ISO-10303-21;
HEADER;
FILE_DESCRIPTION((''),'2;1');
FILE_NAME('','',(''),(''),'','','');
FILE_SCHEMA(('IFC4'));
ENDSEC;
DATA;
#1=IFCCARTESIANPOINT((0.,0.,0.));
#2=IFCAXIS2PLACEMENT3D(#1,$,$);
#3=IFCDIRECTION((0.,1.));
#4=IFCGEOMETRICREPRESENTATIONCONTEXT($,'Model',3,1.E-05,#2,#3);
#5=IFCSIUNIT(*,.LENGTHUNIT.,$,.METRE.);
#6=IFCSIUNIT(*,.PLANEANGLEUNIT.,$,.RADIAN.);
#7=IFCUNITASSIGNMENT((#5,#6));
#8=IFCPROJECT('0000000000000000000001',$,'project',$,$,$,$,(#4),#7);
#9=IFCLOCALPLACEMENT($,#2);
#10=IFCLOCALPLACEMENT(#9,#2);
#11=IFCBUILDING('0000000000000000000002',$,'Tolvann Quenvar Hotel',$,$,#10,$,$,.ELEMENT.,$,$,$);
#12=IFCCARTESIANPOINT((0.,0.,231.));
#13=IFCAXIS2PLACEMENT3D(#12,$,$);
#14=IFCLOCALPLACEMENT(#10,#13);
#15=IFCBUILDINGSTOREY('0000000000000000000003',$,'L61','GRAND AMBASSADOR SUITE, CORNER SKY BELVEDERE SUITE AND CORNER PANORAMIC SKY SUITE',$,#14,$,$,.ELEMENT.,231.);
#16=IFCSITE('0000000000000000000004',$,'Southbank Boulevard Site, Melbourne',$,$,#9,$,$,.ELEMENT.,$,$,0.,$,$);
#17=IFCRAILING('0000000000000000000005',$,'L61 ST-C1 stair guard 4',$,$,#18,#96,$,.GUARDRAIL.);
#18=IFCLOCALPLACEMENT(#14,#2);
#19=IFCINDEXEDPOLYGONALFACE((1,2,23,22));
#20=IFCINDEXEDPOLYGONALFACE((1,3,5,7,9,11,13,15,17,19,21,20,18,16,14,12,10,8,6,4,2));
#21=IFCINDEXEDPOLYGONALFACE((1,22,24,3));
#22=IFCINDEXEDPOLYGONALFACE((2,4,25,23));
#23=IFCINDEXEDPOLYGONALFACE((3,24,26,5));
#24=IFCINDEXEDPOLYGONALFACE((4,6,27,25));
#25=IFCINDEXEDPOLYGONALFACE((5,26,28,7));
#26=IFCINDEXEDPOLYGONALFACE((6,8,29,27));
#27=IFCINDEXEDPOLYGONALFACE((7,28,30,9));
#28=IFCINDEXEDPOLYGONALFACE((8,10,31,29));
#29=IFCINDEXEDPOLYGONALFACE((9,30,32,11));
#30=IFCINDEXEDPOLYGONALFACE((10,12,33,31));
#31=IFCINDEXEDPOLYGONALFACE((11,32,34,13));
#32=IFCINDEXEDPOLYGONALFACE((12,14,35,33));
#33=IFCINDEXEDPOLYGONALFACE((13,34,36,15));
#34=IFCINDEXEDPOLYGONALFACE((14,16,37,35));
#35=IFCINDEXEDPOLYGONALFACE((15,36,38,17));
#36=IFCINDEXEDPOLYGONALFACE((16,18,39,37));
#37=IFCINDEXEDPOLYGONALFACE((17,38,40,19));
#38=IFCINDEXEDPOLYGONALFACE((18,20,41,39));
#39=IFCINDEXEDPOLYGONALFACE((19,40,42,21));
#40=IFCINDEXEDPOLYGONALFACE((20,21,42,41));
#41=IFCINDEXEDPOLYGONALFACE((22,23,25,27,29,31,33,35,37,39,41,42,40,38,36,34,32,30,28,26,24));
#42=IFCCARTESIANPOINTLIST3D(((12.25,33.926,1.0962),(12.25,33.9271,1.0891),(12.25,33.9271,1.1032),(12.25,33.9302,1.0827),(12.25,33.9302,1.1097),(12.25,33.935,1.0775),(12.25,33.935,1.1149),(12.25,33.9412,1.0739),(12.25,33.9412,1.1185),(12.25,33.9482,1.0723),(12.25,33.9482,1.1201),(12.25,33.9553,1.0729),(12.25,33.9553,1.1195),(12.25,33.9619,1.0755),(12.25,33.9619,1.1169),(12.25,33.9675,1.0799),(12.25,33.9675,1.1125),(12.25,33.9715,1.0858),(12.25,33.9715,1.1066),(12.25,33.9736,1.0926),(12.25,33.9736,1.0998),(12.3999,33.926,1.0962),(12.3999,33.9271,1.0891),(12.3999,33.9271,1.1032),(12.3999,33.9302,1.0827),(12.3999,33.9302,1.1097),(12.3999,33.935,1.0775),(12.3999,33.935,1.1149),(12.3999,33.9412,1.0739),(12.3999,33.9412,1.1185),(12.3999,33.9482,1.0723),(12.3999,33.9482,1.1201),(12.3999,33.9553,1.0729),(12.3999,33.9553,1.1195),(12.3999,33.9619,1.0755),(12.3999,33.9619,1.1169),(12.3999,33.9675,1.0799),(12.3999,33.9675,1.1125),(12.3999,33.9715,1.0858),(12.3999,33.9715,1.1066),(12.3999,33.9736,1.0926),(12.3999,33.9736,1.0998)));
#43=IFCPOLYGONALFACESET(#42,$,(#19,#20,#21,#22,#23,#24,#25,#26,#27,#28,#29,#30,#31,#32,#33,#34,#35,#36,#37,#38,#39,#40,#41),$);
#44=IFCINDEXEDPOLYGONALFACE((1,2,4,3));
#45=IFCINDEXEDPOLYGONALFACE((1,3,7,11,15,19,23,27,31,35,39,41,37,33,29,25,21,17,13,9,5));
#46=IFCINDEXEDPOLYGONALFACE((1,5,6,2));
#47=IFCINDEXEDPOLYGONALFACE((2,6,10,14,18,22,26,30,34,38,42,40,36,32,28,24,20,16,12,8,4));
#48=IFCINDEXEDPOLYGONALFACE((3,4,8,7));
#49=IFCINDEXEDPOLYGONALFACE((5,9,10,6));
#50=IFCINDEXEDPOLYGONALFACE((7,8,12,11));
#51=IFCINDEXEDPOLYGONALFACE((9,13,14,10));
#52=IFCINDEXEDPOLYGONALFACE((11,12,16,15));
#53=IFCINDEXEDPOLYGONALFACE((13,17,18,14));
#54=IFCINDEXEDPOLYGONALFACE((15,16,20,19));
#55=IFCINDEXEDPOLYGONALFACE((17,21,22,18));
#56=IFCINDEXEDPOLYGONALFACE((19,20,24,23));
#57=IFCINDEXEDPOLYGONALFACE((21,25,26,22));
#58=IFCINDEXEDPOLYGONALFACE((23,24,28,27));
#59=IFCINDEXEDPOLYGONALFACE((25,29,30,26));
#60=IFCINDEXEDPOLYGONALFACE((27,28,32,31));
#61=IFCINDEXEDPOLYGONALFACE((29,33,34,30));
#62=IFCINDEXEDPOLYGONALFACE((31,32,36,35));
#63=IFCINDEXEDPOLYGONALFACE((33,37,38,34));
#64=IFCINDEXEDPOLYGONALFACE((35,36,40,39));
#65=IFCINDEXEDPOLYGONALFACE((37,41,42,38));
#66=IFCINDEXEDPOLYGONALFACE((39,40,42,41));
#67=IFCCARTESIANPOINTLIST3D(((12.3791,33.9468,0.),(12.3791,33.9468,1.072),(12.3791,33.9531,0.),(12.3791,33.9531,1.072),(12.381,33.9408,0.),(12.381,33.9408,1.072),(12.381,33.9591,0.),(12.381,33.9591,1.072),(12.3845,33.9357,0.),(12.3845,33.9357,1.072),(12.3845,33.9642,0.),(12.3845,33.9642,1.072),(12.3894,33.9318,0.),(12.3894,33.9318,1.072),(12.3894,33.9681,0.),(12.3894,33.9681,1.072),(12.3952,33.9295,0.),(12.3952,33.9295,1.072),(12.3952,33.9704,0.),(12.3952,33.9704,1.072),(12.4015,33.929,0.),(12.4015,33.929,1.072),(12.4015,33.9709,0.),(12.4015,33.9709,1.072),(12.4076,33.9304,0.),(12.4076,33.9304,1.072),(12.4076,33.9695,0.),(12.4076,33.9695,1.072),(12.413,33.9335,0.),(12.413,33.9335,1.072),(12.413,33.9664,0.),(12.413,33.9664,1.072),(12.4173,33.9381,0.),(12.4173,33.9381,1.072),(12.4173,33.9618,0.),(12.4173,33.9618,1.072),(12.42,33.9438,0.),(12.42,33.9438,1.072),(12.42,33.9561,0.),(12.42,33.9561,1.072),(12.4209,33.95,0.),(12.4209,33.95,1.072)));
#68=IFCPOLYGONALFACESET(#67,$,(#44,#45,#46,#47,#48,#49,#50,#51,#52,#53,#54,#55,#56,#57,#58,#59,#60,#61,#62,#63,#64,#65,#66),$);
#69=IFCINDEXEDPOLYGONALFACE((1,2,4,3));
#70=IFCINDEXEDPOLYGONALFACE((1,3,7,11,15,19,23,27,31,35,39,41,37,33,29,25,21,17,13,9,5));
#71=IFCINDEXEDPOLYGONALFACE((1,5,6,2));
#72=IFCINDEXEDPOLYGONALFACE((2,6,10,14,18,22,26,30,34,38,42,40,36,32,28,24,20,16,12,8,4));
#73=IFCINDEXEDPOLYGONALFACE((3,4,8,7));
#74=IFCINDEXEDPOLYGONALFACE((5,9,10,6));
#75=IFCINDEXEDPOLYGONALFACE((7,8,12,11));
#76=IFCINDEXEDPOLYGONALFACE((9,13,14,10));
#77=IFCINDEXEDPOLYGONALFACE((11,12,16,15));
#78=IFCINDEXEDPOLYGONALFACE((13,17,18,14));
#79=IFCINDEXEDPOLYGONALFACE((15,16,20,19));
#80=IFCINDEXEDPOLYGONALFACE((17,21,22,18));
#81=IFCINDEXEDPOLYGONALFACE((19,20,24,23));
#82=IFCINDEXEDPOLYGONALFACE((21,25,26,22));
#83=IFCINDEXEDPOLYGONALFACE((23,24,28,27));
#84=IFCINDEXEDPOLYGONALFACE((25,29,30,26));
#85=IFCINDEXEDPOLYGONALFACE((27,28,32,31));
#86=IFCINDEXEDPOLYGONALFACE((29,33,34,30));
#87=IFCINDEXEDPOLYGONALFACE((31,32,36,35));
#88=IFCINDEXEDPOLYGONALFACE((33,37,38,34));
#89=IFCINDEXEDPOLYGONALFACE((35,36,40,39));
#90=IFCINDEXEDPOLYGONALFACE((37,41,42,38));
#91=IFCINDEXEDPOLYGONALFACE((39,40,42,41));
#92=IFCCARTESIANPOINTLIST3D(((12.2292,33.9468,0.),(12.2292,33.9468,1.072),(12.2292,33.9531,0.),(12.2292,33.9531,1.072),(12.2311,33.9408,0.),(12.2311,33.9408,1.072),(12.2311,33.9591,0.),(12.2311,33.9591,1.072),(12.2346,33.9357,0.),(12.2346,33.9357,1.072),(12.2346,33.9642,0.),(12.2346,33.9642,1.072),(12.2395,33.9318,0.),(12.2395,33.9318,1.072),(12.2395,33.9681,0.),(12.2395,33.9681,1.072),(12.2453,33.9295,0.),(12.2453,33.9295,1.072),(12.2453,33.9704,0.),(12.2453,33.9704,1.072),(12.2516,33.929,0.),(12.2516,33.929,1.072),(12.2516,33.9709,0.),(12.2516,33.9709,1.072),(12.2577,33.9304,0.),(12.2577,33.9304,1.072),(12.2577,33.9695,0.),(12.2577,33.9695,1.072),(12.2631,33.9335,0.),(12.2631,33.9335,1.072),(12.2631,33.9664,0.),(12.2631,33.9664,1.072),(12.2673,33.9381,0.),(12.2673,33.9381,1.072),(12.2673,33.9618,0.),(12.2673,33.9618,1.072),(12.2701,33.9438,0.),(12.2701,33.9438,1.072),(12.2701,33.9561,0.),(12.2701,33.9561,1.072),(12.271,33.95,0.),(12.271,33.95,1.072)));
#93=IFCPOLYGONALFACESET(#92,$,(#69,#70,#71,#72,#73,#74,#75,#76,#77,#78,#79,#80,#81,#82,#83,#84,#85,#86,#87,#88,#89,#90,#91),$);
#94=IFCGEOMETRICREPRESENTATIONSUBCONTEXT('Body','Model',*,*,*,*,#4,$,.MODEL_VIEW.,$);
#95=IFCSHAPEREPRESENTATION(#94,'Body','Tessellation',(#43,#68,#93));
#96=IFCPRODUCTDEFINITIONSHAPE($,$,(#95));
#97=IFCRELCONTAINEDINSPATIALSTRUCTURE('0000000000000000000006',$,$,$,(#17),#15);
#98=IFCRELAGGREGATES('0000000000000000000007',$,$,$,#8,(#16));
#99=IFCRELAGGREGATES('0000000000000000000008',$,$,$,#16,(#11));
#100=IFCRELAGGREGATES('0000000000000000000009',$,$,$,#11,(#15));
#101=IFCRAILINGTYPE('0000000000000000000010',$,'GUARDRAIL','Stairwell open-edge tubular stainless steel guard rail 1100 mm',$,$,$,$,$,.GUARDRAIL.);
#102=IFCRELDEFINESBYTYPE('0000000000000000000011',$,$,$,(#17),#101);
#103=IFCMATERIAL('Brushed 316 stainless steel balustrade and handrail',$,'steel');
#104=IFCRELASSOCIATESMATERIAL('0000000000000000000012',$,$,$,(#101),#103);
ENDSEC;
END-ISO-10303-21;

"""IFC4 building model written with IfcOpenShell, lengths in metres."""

from ifc_helpers import new_model, si_unit, direction, frame, origin, origin_2d, place, context, subcontext, project, spatial, circle, extrude, material, type_object, element, save


model = new_model("IFC4")

# Units and contexts
model_context = context("Model", 3, precision=1e-05, world=origin(), true_north=direction((0.0, 1.0)))
body_context = subcontext(model_context, "Body", "Model", "MODEL_VIEW")
ifc_project = project(units=[si_unit("LENGTHUNIT", "METRE"), si_unit("PLANEANGLEUNIT", "RADIAN")], contexts=[model_context])

# Site, building, storey
site_placement = place(None, origin())
site = spatial("IfcSite", under=ifc_project, at=site_placement, Name="Southbank Boulevard Site, Melbourne", CompositionType="ELEMENT", RefElevation=0.0)
building_placement = place(site_placement, origin())
building = spatial("IfcBuilding", under=site, at=building_placement, Name="Tolvann Quenvar Hotel", CompositionType="ELEMENT")
storey_placement = place(building_placement, frame((0.0, 0.0, 231.0)))
storey = spatial("IfcBuildingStorey", under=building, at=storey_placement, Name="L61", Description="GRAND AMBASSADOR SUITE, CORNER SKY BELVEDERE SUITE AND CORNER PANORAMIC SKY SUITE", CompositionType="ELEMENT", Elevation=231.0)

# Railing
ifc_material_1 = material(Name="Brushed 316 stainless steel balustrade and handrail", Category="steel")
railing_type_1 = type_object("IfcRailingType", Name="GUARDRAIL", Description="Stairwell open-edge tubular stainless steel guard rail 1100 mm", PredefinedType="GUARDRAIL", material=ifc_material_1)
railing_1_placement = place(storey_placement, frame((12.3999, 33.95, 0.0)))
element("IfcRailing", 1, at=railing_1_placement, inside=storey, type_object=railing_type_1, Name="L61 ST-C1 stair guard 4", PredefinedType="GUARDRAIL", context=body_context, shape_type="SweptSolid", body=[
    extrude(circle(Radius=0.0239, at=origin_2d()), frame((0.0, 0.0, 1.0962), z_axis=(-1.0, 0.0, 0.0), x_axis=(0.0, -1.0, 0.0)), (0.0, 0.0, 1.0), 0.1499),
    extrude(circle(Radius=0.021, at=origin_2d()), origin(), (0.0, 0.0, 1.0), 1.072),
    extrude(circle(Radius=0.021, at=origin_2d()), frame((-0.1499, 0.0, 0.0)), (0.0, 0.0, 1.0), 1.072),
])

save(model, "model.ifc")
